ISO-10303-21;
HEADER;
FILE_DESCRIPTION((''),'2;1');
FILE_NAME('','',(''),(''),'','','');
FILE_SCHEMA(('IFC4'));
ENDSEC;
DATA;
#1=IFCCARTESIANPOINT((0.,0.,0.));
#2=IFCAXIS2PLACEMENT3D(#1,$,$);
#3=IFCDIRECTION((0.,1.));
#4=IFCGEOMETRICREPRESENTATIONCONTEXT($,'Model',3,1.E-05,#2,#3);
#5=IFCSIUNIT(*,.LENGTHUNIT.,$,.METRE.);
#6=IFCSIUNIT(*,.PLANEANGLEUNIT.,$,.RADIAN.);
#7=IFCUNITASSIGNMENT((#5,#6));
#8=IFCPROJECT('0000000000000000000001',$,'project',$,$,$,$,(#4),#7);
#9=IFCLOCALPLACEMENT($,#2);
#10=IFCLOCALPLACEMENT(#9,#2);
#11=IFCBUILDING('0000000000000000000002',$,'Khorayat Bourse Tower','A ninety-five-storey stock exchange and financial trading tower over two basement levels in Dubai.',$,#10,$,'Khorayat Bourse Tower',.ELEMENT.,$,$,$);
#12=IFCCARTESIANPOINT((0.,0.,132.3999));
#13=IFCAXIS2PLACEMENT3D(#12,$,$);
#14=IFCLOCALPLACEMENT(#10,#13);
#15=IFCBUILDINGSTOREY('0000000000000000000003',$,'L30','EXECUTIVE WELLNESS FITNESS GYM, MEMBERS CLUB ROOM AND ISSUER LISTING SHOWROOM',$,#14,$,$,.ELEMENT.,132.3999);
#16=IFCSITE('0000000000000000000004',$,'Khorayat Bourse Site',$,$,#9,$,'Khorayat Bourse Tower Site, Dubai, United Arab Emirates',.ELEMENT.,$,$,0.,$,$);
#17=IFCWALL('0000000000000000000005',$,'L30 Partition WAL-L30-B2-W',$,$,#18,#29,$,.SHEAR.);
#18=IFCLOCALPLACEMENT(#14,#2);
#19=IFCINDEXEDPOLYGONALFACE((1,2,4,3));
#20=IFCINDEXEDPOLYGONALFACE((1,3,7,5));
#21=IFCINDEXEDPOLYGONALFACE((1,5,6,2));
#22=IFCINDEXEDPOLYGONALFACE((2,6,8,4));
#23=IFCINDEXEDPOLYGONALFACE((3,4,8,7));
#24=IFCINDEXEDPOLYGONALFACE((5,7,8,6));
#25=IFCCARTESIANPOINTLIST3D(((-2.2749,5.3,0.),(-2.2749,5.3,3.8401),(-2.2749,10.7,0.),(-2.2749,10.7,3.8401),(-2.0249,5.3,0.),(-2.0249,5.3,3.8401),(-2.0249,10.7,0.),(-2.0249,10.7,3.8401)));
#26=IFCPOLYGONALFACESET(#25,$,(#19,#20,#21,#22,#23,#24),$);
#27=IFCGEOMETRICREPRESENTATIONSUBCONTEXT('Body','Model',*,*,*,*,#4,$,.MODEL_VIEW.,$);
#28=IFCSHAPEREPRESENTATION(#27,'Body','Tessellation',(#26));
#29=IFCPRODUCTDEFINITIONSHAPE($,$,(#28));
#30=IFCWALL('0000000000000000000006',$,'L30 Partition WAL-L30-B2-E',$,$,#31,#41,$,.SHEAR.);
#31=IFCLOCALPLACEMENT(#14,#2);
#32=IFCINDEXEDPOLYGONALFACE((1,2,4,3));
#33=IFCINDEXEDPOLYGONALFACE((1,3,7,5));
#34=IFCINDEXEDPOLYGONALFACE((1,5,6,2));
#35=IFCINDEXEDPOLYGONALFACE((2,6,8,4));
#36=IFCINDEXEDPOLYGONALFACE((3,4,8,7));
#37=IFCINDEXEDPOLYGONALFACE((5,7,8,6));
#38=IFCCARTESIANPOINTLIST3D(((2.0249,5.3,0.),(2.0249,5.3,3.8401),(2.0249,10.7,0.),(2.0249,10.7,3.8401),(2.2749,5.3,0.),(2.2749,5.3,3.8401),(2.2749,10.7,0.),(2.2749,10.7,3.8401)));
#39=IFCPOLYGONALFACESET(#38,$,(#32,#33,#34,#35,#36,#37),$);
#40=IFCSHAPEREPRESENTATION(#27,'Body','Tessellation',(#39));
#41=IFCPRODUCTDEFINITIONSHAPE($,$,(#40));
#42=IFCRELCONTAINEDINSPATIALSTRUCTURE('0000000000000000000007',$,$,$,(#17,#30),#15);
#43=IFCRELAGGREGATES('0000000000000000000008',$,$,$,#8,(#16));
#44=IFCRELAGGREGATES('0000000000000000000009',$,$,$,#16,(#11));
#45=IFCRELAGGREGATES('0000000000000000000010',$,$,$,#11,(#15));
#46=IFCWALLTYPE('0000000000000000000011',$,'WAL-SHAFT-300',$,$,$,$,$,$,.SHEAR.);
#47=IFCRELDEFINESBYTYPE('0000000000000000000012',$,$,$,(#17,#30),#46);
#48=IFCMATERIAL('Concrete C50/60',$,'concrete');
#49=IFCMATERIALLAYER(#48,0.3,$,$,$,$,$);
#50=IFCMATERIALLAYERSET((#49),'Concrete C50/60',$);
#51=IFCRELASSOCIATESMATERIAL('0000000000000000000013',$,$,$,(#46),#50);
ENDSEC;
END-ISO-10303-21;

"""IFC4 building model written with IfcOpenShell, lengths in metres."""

from ifc_helpers import new_model, si_unit, direction, frame, frame_2d, origin, place, context, subcontext, project, spatial, rectangle, extrude, source, transform, mapped, material, layer, layer_set, type_object, element, save


model = new_model("IFC4")

# Units and contexts
model_context = context("Model", 3, precision=1e-05, world=origin(), true_north=direction((0.0, 1.0)))
body_context = subcontext(model_context, "Body", "Model", "MODEL_VIEW")
ifc_project = project(units=[si_unit("LENGTHUNIT", "METRE"), si_unit("PLANEANGLEUNIT", "RADIAN")], contexts=[model_context])

# Site, building, storey
site_placement = place(None, origin())
site = spatial("IfcSite", under=ifc_project, at=site_placement, Name="Khorayat Bourse Site", LongName="Khorayat Bourse Tower Site, Dubai, United Arab Emirates", CompositionType="ELEMENT", RefElevation=0.0)
building_placement = place(site_placement, origin())
building = spatial("IfcBuilding", under=site, at=building_placement, Name="Khorayat Bourse Tower", Description="A ninety-five-storey stock exchange and financial trading tower over two basement levels in Dubai.", LongName="Khorayat Bourse Tower", CompositionType="ELEMENT")
storey_placement = place(building_placement, frame((0.0, 0.0, 132.3999)))
storey = spatial("IfcBuildingStorey", under=building, at=storey_placement, Name="L30", Description="EXECUTIVE WELLNESS FITNESS GYM, MEMBERS CLUB ROOM AND ISSUER LISTING SHOWROOM", CompositionType="ELEMENT", Elevation=132.3999)

# Shared definitions
ifc_material_1 = material(Name="Concrete C50/60", Category="concrete")
ifc_layer_1 = layer(ifc_material_1, 0.3)
ifc_layer_set_1 = layer_set([ifc_layer_1], Name="Concrete C50/60")
wall_type_1 = type_object("IfcWallType", Name="WAL-SHAFT-300", PredefinedType="SHEAR", material=ifc_layer_set_1)

# Walls
shared_shape_1 = source(origin(), body_context, "Body", "SweptSolid", [
    extrude(rectangle(XDim=5.3999, YDim=0.25, at=frame_2d((2.7, 0.0))), origin(), (0.0, 0.0, 1.0), 3.8401),
])
for number, where, z_axis, x_axis, name in (
    (1, (-2.1499, 5.3, 0.0), (0.0, 0.0, 1.0), (0.0, 1.0, 0.0), "L30 Partition WAL-L30-B2-W"),
    (2, (2.1499, 5.3, 0.0), (0.0, 0.0, 1.0), (0.0, 1.0, 0.0), "L30 Partition WAL-L30-B2-E"),
):
    element("IfcWall", number, at=place(storey_placement, frame(where, z_axis=z_axis, x_axis=x_axis)), inside=storey, type_object=wall_type_1, Name=name, PredefinedType="SHEAR", context=body_context, shape_type="MappedRepresentation", body=[
        mapped(shared_shape_1, transform((0.0, 0.0, 0.0), scale=1.0)),
    ])

save(model, "model.ifc")
